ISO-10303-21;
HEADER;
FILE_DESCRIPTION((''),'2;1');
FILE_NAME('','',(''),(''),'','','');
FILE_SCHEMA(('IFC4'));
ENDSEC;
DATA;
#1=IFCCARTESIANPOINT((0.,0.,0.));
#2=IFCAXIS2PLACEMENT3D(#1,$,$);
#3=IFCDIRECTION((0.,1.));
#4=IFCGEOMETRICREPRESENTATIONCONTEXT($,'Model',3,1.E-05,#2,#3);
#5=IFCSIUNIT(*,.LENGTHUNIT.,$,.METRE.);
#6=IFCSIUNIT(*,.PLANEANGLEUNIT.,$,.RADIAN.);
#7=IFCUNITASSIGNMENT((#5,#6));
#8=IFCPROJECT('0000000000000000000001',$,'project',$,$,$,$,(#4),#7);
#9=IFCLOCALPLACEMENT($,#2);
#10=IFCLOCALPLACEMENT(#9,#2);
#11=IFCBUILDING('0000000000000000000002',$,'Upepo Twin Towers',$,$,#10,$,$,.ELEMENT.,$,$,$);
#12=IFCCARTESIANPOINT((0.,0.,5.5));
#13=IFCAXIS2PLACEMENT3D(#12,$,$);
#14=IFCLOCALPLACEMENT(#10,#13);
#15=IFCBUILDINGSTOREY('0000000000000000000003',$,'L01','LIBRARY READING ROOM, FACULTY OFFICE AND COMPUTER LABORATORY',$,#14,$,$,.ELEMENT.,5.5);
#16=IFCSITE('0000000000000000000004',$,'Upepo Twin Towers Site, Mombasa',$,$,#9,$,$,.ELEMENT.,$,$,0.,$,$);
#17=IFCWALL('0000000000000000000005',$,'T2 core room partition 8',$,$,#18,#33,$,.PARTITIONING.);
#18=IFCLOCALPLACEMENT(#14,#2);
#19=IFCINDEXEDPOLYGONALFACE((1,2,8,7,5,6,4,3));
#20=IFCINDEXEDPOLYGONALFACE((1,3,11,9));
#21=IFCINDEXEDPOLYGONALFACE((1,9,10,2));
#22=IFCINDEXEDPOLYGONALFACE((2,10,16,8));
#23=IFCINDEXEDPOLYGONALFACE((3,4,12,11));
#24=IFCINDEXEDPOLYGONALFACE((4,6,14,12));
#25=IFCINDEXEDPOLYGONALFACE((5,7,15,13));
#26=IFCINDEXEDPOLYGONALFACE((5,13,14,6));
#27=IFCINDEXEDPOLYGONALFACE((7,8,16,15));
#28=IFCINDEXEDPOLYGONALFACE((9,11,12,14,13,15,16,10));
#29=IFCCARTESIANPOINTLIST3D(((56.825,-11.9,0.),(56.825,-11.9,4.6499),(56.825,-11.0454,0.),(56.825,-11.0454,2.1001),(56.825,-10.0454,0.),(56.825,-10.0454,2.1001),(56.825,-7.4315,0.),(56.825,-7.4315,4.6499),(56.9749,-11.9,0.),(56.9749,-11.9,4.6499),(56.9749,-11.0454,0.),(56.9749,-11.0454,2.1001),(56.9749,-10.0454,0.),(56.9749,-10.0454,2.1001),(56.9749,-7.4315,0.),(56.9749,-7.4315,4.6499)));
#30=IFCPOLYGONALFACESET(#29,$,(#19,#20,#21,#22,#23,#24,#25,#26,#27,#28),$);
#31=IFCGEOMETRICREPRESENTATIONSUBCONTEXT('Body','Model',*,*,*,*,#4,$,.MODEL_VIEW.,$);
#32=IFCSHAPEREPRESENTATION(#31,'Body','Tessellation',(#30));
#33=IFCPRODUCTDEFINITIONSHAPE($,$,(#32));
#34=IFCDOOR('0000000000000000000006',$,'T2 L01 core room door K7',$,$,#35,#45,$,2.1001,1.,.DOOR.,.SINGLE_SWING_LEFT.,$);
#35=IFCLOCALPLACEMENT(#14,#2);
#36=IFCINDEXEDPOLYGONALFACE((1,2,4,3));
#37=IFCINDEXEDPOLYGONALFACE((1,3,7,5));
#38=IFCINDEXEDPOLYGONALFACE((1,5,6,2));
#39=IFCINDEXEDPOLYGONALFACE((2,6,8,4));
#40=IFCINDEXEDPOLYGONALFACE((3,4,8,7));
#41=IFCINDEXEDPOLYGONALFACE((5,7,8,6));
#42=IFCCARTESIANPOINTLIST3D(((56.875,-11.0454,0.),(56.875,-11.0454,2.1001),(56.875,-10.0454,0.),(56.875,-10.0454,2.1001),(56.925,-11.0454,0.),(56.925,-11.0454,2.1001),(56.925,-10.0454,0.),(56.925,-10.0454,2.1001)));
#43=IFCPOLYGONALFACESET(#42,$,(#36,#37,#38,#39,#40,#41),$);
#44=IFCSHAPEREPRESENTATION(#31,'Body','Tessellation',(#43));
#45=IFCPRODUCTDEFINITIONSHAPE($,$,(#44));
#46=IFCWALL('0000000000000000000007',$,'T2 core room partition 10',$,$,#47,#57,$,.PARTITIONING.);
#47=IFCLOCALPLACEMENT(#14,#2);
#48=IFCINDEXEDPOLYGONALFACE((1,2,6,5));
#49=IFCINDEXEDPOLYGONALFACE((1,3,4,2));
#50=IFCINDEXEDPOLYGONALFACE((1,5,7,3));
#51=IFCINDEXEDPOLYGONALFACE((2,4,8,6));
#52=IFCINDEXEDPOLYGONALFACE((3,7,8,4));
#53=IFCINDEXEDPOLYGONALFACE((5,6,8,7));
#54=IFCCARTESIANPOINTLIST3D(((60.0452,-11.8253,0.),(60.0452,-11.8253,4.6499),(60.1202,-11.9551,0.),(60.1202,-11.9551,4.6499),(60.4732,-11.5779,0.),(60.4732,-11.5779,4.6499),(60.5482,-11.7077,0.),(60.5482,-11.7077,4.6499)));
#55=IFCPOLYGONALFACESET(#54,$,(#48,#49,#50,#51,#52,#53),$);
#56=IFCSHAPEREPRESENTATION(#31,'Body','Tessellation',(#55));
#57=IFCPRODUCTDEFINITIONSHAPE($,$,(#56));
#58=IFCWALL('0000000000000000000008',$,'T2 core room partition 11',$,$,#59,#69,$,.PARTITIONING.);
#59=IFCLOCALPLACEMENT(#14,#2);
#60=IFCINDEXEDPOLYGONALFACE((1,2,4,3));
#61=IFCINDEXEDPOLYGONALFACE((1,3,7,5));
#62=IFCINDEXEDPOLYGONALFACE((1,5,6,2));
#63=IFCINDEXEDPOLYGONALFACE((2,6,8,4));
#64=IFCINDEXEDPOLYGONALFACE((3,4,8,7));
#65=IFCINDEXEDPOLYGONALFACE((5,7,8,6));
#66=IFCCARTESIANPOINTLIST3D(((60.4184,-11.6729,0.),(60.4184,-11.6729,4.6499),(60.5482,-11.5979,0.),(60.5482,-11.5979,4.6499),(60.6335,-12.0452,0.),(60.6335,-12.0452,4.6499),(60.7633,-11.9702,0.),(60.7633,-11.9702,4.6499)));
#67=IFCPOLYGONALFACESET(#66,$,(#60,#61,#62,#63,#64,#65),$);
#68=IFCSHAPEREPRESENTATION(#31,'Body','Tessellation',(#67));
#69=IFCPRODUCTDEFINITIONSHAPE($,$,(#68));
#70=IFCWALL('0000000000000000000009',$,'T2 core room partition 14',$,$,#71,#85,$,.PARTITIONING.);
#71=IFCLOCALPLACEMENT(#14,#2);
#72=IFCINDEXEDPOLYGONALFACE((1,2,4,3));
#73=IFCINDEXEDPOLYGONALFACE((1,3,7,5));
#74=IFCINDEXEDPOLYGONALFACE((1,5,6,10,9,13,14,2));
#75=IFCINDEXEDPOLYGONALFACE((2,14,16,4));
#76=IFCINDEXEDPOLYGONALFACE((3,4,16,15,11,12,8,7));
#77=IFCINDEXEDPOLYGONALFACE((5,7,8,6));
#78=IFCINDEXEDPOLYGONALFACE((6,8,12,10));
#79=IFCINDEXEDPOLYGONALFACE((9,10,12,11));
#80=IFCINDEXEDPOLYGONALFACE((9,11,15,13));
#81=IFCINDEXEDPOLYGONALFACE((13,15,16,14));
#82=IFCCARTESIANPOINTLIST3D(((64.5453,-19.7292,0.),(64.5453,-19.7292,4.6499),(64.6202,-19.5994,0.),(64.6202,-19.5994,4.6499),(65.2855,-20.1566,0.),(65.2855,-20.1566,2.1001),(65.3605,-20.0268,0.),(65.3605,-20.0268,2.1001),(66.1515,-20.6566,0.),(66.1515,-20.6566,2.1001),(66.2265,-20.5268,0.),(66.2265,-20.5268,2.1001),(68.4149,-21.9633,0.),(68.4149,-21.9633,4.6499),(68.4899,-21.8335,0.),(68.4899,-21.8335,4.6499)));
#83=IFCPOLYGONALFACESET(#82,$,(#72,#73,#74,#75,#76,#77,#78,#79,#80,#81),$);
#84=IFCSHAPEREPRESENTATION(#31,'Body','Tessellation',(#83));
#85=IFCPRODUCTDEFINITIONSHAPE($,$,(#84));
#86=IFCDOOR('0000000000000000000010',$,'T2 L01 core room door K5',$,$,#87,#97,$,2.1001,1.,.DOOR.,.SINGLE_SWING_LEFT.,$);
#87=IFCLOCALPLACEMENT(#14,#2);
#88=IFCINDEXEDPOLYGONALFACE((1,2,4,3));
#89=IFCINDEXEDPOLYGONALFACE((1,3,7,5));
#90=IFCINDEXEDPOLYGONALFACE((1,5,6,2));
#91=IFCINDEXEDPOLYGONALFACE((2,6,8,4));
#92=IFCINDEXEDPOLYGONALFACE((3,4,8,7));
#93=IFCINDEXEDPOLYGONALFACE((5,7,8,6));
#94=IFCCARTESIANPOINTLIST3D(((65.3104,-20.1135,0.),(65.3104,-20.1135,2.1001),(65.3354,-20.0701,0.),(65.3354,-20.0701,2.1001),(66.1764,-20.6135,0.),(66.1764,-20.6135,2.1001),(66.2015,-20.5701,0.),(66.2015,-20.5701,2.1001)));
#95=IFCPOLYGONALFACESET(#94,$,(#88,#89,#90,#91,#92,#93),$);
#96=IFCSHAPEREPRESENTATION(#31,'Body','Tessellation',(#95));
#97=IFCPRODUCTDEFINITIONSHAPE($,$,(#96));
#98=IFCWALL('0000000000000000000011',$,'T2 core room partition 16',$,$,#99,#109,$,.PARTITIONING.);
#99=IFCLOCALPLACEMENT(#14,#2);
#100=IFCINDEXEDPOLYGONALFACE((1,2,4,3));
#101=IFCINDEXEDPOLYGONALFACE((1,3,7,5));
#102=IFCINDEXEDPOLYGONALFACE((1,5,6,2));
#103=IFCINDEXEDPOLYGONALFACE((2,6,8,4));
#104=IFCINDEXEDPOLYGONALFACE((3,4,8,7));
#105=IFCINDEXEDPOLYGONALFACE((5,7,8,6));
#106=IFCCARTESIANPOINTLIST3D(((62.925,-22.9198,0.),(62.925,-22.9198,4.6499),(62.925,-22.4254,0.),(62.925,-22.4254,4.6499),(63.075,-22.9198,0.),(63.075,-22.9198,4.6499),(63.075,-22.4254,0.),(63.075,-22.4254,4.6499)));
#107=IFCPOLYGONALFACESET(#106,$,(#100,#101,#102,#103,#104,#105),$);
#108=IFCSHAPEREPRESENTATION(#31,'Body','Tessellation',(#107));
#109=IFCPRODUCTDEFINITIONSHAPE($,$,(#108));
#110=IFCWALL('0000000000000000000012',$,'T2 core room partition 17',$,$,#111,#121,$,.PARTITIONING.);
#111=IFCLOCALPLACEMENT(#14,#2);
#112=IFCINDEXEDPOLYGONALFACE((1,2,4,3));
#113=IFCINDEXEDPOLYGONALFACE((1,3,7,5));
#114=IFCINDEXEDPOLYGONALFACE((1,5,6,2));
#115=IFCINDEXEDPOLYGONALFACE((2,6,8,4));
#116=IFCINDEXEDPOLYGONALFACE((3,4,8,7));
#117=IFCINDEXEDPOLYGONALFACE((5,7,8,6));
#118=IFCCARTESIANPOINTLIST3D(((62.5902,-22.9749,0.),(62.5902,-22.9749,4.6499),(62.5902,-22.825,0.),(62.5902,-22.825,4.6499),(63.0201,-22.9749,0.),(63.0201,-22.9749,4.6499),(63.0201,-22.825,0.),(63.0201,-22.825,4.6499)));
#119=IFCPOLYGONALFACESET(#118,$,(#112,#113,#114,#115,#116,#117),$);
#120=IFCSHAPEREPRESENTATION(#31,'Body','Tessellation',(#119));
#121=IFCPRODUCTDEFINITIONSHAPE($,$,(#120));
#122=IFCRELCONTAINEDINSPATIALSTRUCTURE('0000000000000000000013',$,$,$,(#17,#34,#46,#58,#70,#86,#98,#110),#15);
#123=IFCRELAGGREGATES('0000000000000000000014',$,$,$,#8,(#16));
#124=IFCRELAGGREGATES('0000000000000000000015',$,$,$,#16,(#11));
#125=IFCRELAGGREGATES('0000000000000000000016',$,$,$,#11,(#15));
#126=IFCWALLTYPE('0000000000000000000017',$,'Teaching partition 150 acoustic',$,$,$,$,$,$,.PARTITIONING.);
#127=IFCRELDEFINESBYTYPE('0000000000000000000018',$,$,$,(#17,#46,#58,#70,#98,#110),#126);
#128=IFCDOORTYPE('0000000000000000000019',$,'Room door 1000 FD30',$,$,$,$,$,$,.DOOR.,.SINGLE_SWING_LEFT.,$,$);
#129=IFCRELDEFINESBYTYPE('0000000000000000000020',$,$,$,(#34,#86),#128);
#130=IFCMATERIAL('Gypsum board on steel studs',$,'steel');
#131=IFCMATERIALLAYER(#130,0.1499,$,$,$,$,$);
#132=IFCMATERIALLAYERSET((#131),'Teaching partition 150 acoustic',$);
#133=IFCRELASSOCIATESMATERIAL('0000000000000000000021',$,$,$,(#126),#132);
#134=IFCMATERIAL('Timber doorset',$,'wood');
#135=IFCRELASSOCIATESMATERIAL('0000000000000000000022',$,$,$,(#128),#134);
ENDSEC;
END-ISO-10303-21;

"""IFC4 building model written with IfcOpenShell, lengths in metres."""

from ifc_helpers import new_model, si_unit, direction, frame, frame_2d, origin, place, context, subcontext, project, spatial, rectangle, extrude, material, layer, layer_set, type_object, element, fill, save


model = new_model("IFC4")

# Units and contexts
model_context = context("Model", 3, precision=1e-05, world=origin(), true_north=direction((0.0, 1.0)))
body_context = subcontext(model_context, "Body", "Model", "MODEL_VIEW")
ifc_project = project(units=[si_unit("LENGTHUNIT", "METRE"), si_unit("PLANEANGLEUNIT", "RADIAN")], contexts=[model_context])

# Site, building, storey
site_placement = place(None, origin())
site = spatial("IfcSite", under=ifc_project, at=site_placement, Name="Upepo Twin Towers Site, Mombasa", CompositionType="ELEMENT", RefElevation=0.0)
building_placement = place(site_placement, origin())
building = spatial("IfcBuilding", under=site, at=building_placement, Name="Upepo Twin Towers", CompositionType="ELEMENT")
storey_placement = place(building_placement, frame((0.0, 0.0, 5.5)))
storey = spatial("IfcBuildingStorey", under=building, at=storey_placement, Name="L01", Description="LIBRARY READING ROOM, FACULTY OFFICE AND COMPUTER LABORATORY", CompositionType="ELEMENT", Elevation=5.5)

# Wall, opening, door
ifc_material_1 = material(Name="Gypsum board on steel studs", Category="steel")
ifc_layer_1 = layer(ifc_material_1, 0.1499)
ifc_layer_set_1 = layer_set([ifc_layer_1], Name="Teaching partition 150 acoustic")
wall_type_1 = type_object("IfcWallType", Name="Teaching partition 150 acoustic", PredefinedType="PARTITIONING", material=ifc_layer_set_1)
wall_1_placement = place(storey_placement, frame((56.8999, -11.9001, 0.0), z_axis=(0.0, 0.0, 1.0), x_axis=(0.0, 1.0, 0.0)))
wall_1 = element("IfcWall", 1, at=wall_1_placement, inside=storey, type_object=wall_type_1, Name="T2 core room partition 8", PredefinedType="PARTITIONING", context=body_context, shape_type="SweptSolid", body=[
    extrude(rectangle(XDim=4.4685, YDim=0.1499, at=frame_2d((2.2344, 0.0))), origin(), (0.0, 0.0, 1.0), 4.6499),
])
opening_1_placement = place(wall_1_placement, frame((0.8547, 0.0, 0.0)))
opening_1 = element("IfcOpeningElement", 2, at=opening_1_placement, cuts=wall_1, PredefinedType="OPENING", context=body_context, shape_type="SweptSolid", body=[
    extrude(rectangle(XDim=1.0, YDim=2.1001, at=frame_2d((0.5, 1.05))), frame((0.0, 0.085, 0.0), z_axis=(0.0, -1.0, 0.0), x_axis=(1.0, 0.0, 0.0)), (0.0, 0.0, 1.0), 0.1699),
])
ifc_material_2 = material(Name="Timber doorset", Category="wood")
door_type_1 = type_object("IfcDoorType", Name="Room door 1000 FD30", OperationType="SINGLE_SWING_LEFT", PredefinedType="DOOR", material=ifc_material_2)
door_1_placement = place(opening_1_placement, origin())
door_1 = element("IfcDoor", 3, at=door_1_placement, inside=storey, type_object=door_type_1, Name="T2 L01 core room door K7", OperationType="SINGLE_SWING_LEFT", OverallHeight=2.1001, OverallWidth=1.0, PredefinedType="DOOR", context=body_context, shape_type="SweptSolid", body=[
    extrude(rectangle(XDim=1.0, YDim=2.1001, at=frame_2d((0.5, 1.05))), frame((0.0, 0.0249, 0.0), z_axis=(0.0, -1.0, 0.0), x_axis=(1.0, 0.0, 0.0)), (0.0, 0.0, 1.0), 0.05),
])
fill(opening_1, door_1)

# Walls
wall_2_placement = place(storey_placement, frame((60.0828, -11.8901, 0.0), z_axis=(0.0, 0.0, 1.0), x_axis=(0.865832, 0.500335, 0.0)))
element("IfcWall", 4, at=wall_2_placement, inside=storey, type_object=wall_type_1, Name="T2 core room partition 10", PredefinedType="PARTITIONING", context=body_context, shape_type="SweptSolid", body=[
    extrude(rectangle(XDim=0.4944, YDim=0.1499, at=frame_2d((0.2471, 0.0))), origin(), (0.0, 0.0, 1.0), 4.6499),
])
wall_3_placement = place(storey_placement, frame((60.4834, -11.6355, 0.0), z_axis=(0.0, 0.0, 1.0), x_axis=(0.50023, -0.865892, 0.0)))
element("IfcWall", 5, at=wall_3_placement, inside=storey, type_object=wall_type_1, Name="T2 core room partition 11", PredefinedType="PARTITIONING", context=body_context, shape_type="SweptSolid", body=[
    extrude(rectangle(XDim=0.4299, YDim=0.1499, at=frame_2d((0.2148, 0.0))), origin(), (0.0, 0.0, 1.0), 4.6499),
])

# Wall, opening, door
wall_4_placement = place(storey_placement, frame((64.5828, -19.6643, 0.0), z_axis=(0.0, 0.0, 1.0), x_axis=(0.866025, -0.5, 0.0)))
wall_4 = element("IfcWall", 6, at=wall_4_placement, inside=storey, type_object=wall_type_1, Name="T2 core room partition 14", PredefinedType="PARTITIONING", context=body_context, shape_type="SweptSolid", body=[
    extrude(rectangle(XDim=4.4683, YDim=0.1499, at=frame_2d((2.2341, 0.0))), origin(), (0.0, 0.0, 1.0), 4.6499),
])
opening_2_placement = place(wall_4_placement, frame((0.8547, 0.0, 0.0)))
opening_2 = element("IfcOpeningElement", 7, at=opening_2_placement, cuts=wall_4, PredefinedType="OPENING", context=body_context, shape_type="SweptSolid", body=[
    extrude(rectangle(XDim=1.0, YDim=2.1001, at=frame_2d((0.5, 1.05))), frame((0.0, 0.085, 0.0), z_axis=(0.0, -1.0, 0.0), x_axis=(1.0, 0.0, 0.0)), (0.0, 0.0, 1.0), 0.1699),
])
door_2_placement = place(opening_2_placement, origin())
door_2 = element("IfcDoor", 8, at=door_2_placement, inside=storey, type_object=door_type_1, Name="T2 L01 core room door K5", OperationType="SINGLE_SWING_LEFT", OverallHeight=2.1001, OverallWidth=1.0, PredefinedType="DOOR", context=body_context, shape_type="SweptSolid", body=[
    extrude(rectangle(XDim=1.0, YDim=2.1001, at=frame_2d((0.5, 1.05))), frame((0.0, 0.0249, 0.0), z_axis=(0.0, -1.0, 0.0), x_axis=(1.0, 0.0, 0.0)), (0.0, 0.0, 1.0), 0.05),
])
fill(opening_2, door_2)

# Walls
wall_5_placement = place(storey_placement, frame((63.0, -22.4255, 0.0), z_axis=(0.0, 0.0, 1.0), x_axis=(0.0, -1.0, 0.0)))
element("IfcWall", 9, at=wall_5_placement, inside=storey, type_object=wall_type_1, Name="T2 core room partition 16", PredefinedType="PARTITIONING", context=body_context, shape_type="SweptSolid", body=[
    extrude(rectangle(XDim=0.4944, YDim=0.1499, at=frame_2d((0.2471, 0.0))), origin(), (0.0, 0.0, 1.0), 4.6499),
])
wall_6_placement = place(storey_placement, frame((63.02, -22.8999, 0.0), z_axis=(0.0, 0.0, 1.0), x_axis=(-1.0, 0.0, 0.0)))
element("IfcWall", 10, at=wall_6_placement, inside=storey, type_object=wall_type_1, Name="T2 core room partition 17", PredefinedType="PARTITIONING", context=body_context, shape_type="SweptSolid", body=[
    extrude(rectangle(XDim=0.4299, YDim=0.1499, at=frame_2d((0.2148, 0.0))), origin(), (0.0, 0.0, 1.0), 4.6499),
])

save(model, "model.ifc")
